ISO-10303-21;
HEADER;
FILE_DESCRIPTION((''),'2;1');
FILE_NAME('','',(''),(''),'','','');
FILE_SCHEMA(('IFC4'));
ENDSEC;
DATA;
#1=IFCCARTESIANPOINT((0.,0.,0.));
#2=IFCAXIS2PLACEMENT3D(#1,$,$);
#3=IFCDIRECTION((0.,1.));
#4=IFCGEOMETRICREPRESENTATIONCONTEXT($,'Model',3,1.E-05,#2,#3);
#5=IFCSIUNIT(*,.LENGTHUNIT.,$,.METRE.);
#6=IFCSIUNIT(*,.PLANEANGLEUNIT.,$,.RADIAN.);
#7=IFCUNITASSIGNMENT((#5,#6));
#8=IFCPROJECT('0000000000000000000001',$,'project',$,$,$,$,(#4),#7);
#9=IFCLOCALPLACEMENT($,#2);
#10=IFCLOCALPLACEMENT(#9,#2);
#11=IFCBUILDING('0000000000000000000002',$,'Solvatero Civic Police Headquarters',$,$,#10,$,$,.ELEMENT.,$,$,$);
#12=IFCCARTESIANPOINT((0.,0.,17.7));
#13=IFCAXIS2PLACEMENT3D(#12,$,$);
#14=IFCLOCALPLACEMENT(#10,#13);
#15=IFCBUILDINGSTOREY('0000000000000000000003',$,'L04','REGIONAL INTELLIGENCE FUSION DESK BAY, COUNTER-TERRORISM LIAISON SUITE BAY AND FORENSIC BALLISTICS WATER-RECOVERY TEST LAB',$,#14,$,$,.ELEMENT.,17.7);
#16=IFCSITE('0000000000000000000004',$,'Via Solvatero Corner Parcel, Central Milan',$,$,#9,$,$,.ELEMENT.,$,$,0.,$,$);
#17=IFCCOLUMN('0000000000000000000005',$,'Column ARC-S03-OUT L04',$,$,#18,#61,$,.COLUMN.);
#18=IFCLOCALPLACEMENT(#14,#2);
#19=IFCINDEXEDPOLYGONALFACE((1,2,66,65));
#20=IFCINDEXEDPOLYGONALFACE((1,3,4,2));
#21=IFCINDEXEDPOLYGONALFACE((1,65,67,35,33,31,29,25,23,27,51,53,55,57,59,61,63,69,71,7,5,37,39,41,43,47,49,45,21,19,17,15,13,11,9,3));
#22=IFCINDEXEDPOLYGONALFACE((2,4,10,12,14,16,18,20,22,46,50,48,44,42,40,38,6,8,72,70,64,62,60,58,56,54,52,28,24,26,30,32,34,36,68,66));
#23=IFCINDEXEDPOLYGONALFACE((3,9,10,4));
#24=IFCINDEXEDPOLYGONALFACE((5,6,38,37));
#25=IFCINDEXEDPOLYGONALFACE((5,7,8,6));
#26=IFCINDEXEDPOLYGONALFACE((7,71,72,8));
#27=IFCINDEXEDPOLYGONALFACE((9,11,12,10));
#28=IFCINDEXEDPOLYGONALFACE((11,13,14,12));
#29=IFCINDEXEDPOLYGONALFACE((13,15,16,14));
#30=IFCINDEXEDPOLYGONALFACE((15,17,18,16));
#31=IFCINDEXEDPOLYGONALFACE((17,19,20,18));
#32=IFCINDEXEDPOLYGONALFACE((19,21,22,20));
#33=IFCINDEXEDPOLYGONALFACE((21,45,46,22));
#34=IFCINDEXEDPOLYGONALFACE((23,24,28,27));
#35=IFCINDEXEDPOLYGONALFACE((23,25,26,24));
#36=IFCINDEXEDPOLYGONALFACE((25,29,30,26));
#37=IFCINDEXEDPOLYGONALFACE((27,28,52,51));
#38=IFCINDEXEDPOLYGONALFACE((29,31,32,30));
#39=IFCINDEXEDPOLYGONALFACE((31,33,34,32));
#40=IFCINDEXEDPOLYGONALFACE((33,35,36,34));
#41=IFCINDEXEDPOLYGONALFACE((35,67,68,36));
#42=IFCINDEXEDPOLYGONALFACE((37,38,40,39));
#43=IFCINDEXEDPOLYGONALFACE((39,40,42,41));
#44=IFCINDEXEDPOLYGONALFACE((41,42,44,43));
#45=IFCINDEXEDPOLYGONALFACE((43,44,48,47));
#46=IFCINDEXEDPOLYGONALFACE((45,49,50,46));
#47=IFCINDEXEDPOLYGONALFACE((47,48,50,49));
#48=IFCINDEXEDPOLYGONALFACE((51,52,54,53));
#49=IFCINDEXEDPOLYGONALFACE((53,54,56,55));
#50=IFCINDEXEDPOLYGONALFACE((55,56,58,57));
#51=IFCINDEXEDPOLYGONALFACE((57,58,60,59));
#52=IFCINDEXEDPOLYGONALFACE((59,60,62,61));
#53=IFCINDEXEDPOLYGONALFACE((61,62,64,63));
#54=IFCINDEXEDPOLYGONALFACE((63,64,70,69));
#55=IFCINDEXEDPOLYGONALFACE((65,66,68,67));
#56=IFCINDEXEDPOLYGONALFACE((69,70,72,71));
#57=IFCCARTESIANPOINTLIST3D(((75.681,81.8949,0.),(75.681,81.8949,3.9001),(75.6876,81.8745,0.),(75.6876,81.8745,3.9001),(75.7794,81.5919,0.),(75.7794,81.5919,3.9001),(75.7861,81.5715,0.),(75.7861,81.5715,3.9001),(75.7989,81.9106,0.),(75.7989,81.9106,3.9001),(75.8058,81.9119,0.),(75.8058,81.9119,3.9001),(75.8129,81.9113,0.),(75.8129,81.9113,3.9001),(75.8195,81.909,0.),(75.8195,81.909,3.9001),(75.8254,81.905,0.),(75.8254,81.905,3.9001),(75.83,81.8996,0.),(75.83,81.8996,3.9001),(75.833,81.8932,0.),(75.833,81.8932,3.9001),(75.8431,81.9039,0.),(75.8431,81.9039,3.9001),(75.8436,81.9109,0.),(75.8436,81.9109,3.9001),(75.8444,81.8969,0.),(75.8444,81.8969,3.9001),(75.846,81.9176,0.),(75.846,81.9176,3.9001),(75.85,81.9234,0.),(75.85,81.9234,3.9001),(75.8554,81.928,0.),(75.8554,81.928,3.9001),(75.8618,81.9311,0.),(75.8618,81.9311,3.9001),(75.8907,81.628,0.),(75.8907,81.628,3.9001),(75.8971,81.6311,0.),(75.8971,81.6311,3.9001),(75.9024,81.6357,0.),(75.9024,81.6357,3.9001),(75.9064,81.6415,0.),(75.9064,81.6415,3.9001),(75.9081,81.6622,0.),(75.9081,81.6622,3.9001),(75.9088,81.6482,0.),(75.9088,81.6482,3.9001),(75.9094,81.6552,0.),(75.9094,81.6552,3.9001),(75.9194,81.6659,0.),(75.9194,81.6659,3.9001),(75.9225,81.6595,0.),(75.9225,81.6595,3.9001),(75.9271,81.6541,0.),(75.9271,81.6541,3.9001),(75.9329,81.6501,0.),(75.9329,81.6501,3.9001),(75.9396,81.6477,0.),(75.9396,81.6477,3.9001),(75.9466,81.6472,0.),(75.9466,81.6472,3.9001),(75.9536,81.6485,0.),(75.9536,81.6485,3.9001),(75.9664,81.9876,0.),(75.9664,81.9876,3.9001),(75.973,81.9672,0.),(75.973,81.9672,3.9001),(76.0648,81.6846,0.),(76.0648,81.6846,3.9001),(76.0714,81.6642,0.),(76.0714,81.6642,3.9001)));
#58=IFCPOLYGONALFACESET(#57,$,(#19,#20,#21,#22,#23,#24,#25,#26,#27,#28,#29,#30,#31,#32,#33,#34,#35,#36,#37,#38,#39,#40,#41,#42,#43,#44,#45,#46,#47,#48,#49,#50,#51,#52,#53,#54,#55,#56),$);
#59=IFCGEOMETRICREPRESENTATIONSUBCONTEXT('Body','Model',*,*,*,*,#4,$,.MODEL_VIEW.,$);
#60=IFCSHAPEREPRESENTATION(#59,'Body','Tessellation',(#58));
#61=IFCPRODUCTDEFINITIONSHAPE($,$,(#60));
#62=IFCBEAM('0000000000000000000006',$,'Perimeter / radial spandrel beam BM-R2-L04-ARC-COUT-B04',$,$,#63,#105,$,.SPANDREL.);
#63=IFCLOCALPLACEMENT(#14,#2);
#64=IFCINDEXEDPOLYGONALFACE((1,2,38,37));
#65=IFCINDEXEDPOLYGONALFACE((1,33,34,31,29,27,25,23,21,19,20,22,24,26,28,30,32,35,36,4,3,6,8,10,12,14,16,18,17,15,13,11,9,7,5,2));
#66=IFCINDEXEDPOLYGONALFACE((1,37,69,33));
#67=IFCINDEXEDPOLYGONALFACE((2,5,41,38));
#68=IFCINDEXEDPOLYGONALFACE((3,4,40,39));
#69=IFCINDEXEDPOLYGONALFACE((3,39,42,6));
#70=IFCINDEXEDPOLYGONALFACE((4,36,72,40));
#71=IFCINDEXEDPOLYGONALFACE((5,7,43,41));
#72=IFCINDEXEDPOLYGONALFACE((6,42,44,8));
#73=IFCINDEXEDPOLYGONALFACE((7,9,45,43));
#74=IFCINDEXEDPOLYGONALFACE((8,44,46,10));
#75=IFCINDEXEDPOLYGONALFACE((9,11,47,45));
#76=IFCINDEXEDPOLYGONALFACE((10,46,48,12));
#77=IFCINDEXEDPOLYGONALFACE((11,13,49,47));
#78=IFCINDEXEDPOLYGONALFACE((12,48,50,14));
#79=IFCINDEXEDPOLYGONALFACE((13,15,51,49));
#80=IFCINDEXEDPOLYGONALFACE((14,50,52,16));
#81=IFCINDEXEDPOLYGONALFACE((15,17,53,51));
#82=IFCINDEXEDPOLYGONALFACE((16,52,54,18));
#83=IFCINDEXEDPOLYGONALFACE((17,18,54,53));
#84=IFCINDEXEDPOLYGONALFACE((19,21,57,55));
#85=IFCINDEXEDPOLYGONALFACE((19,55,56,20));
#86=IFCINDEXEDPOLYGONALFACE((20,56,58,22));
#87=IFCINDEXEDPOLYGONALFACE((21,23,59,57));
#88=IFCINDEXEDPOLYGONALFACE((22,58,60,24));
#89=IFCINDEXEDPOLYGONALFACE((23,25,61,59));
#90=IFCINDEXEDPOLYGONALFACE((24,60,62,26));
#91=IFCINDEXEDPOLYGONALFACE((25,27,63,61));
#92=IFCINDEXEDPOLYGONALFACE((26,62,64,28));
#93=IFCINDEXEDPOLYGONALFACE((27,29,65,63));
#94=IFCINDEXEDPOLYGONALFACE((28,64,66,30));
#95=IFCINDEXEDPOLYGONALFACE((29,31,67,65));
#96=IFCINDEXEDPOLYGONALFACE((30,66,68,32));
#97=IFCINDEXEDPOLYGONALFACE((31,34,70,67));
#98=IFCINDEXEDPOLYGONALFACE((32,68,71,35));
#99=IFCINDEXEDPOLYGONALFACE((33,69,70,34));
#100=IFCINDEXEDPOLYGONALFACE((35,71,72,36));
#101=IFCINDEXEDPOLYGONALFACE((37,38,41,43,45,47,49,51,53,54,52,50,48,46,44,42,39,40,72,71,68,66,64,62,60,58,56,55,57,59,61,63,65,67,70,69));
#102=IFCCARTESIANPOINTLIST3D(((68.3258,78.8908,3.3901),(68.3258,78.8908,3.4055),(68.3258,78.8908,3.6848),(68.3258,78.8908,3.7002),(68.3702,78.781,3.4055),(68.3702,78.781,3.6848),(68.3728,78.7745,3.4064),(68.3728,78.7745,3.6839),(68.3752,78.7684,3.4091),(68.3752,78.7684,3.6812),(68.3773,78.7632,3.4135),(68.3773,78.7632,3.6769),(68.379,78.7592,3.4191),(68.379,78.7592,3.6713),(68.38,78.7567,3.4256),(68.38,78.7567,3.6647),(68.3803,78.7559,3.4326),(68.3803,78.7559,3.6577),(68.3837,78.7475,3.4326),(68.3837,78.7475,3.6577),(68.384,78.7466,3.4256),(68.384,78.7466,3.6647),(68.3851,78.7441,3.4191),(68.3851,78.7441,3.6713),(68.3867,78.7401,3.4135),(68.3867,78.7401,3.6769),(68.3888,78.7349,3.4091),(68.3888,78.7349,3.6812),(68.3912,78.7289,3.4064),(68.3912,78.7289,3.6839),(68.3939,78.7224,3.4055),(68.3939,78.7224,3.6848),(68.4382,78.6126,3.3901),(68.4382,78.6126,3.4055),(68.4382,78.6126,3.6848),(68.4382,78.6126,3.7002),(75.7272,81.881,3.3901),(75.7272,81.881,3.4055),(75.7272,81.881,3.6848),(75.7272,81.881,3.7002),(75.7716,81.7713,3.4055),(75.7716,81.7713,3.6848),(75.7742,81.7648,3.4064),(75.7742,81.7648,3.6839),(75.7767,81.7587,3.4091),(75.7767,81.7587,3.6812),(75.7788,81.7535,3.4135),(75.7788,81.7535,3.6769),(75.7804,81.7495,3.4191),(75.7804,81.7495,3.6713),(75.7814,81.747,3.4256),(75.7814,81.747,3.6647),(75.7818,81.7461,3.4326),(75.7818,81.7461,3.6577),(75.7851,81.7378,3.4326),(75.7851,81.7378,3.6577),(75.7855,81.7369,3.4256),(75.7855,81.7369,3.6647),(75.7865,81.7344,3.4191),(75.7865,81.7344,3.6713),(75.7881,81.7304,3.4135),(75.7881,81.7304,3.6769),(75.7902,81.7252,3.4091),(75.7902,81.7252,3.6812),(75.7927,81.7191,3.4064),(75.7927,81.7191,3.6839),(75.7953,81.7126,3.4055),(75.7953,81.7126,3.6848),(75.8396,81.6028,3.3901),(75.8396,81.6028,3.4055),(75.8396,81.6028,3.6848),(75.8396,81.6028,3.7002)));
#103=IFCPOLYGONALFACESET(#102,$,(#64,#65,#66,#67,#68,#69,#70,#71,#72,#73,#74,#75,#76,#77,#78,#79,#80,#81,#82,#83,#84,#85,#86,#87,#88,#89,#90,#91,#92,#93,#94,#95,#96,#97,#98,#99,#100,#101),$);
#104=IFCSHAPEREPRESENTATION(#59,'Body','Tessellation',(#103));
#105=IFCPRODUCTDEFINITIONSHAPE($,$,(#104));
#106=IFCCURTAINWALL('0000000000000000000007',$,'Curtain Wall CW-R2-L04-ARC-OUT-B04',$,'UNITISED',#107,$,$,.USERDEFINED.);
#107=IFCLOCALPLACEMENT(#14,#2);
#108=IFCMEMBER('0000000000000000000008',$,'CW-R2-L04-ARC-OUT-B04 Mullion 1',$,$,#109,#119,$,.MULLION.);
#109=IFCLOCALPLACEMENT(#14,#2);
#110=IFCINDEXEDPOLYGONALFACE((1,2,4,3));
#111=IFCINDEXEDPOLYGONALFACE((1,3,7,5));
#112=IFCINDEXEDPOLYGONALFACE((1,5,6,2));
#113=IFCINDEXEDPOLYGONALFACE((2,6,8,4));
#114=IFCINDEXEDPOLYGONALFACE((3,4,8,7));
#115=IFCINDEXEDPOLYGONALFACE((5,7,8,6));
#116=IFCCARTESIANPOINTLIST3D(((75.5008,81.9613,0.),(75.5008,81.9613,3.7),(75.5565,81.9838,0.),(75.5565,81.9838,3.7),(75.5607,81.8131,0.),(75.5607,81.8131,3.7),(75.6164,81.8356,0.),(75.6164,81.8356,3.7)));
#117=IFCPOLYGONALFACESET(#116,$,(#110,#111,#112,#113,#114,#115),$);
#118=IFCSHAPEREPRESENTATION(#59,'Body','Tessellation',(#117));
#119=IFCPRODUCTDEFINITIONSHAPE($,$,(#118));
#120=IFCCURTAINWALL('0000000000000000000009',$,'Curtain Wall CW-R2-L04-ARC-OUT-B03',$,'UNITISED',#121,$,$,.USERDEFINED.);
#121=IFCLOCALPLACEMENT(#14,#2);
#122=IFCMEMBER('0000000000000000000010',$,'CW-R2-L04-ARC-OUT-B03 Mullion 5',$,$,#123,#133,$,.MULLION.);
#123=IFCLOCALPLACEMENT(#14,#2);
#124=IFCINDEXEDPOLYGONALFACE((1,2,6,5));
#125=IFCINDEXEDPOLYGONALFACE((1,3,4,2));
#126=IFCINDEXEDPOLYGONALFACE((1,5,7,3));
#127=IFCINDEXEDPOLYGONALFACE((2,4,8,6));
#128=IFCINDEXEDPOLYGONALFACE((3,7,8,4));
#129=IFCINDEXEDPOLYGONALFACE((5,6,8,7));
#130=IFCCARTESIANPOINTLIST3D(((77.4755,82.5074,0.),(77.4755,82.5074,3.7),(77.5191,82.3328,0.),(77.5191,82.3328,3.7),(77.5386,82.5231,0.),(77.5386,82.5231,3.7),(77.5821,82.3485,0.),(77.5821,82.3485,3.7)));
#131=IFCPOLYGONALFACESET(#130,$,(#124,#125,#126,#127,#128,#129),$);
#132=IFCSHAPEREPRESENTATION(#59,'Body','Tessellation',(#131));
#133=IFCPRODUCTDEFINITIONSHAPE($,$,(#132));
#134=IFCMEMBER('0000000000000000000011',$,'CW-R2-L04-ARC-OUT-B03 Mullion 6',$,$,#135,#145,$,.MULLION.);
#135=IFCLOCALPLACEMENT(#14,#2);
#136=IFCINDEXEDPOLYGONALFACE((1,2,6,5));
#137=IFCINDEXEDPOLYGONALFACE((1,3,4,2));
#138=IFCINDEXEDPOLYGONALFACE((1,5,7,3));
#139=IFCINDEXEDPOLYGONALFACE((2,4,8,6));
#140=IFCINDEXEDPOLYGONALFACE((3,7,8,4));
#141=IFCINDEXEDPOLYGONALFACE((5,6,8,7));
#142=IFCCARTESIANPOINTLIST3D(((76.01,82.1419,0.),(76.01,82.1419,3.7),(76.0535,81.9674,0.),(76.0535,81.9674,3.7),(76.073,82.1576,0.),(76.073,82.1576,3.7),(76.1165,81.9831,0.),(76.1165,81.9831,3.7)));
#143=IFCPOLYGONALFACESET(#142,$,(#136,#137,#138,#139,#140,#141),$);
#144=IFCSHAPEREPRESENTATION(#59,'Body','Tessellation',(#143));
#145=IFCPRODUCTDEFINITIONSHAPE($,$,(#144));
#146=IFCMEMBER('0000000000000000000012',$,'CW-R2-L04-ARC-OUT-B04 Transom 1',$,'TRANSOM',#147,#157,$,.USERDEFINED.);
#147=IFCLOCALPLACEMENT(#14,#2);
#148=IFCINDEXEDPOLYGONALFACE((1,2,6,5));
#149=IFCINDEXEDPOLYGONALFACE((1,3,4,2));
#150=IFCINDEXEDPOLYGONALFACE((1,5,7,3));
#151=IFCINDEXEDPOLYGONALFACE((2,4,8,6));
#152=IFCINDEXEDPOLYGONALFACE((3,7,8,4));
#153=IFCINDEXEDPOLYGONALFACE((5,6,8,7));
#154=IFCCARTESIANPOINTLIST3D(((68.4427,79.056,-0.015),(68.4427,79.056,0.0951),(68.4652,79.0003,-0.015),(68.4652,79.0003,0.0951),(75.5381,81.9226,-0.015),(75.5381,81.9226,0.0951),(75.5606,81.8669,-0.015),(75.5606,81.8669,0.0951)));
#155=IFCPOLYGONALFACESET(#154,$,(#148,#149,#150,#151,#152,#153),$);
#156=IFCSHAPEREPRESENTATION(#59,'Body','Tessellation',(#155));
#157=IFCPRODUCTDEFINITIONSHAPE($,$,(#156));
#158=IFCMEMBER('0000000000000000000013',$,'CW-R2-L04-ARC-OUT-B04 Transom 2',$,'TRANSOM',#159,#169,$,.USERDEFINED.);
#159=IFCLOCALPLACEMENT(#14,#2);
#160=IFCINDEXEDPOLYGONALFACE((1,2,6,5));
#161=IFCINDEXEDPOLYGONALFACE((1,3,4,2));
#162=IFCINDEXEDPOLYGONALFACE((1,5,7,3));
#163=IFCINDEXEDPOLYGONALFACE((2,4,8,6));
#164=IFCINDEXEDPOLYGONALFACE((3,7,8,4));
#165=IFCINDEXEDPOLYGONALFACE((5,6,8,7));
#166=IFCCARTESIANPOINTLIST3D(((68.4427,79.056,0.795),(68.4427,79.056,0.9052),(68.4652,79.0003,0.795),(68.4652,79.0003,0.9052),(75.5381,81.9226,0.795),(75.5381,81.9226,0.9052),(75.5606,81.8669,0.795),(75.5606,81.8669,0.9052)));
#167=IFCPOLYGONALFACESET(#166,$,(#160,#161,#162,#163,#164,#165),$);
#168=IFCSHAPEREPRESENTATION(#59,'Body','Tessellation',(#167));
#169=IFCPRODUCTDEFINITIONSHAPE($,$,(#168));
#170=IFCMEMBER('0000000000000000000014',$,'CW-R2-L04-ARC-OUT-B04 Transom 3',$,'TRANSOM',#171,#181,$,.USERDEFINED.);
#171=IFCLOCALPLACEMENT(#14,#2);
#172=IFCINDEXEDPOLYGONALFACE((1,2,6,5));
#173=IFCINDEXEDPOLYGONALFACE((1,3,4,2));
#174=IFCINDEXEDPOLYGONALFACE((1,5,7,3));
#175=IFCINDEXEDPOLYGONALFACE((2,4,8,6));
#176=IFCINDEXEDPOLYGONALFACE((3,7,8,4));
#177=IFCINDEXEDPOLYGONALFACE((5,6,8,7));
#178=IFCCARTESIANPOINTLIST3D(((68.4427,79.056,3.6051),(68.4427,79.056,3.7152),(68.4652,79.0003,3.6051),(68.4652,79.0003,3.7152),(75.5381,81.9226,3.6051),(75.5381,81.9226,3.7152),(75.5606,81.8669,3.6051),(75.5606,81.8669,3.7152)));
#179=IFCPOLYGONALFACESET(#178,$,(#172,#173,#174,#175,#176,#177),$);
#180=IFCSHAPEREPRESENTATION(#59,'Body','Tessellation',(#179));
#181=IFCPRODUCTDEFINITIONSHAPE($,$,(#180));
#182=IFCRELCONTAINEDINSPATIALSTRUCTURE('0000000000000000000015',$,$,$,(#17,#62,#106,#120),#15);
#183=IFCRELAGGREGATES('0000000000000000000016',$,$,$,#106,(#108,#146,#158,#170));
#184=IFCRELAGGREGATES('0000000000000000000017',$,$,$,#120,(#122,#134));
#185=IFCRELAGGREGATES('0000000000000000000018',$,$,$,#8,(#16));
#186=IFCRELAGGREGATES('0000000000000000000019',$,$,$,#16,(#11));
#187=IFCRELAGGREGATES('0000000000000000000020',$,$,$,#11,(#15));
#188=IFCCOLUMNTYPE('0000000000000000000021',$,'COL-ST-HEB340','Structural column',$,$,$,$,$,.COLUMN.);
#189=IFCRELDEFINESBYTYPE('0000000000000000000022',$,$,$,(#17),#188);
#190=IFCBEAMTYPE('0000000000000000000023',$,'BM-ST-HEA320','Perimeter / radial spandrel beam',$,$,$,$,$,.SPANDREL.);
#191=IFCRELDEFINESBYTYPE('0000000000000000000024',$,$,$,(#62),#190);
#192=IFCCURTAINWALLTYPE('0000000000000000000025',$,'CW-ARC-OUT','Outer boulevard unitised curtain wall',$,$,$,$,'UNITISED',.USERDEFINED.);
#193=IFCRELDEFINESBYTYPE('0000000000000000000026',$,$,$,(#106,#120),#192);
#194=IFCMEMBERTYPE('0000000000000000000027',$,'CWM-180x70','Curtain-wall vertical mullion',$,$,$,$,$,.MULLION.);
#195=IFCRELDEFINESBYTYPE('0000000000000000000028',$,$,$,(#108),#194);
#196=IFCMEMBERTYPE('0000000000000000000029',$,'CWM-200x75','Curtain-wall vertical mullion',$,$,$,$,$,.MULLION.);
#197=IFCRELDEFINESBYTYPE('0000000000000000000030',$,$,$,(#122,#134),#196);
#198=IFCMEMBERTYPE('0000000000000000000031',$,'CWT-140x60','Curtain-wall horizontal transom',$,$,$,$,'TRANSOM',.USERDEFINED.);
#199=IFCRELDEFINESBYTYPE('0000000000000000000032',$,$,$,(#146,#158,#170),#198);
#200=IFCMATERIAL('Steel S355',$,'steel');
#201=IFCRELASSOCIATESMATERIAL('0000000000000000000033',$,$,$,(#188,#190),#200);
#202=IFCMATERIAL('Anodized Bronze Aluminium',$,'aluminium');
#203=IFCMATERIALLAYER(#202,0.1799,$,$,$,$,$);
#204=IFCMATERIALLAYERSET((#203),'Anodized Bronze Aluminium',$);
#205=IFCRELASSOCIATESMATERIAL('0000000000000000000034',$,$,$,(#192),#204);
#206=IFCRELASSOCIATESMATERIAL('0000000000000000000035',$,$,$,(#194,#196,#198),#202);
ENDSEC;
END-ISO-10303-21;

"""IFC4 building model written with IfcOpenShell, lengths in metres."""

from ifc_helpers import new_model, si_unit, direction, frame, origin, origin_2d, place, context, subcontext, project, spatial, rectangle, i_section, extrude, material, layer, layer_set, material_profile, profile_set, type_object, element, aggregate, save


model = new_model("IFC4")

# Units and contexts
model_context = context("Model", 3, precision=1e-05, world=origin(), true_north=direction((0.0, 1.0)))
body_context = subcontext(model_context, "Body", "Model", "MODEL_VIEW")
ifc_project = project(units=[si_unit("LENGTHUNIT", "METRE"), si_unit("PLANEANGLEUNIT", "RADIAN")], contexts=[model_context])

# Site, building, storey
site_placement = place(None, origin())
site = spatial("IfcSite", under=ifc_project, at=site_placement, Name="Via Solvatero Corner Parcel, Central Milan", CompositionType="ELEMENT", RefElevation=0.0)
building_placement = place(site_placement, origin())
building = spatial("IfcBuilding", under=site, at=building_placement, Name="Solvatero Civic Police Headquarters", CompositionType="ELEMENT")
storey_placement = place(building_placement, frame((0.0, 0.0, 17.7)))
storey = spatial("IfcBuildingStorey", under=building, at=storey_placement, Name="L04", Description="REGIONAL INTELLIGENCE FUSION DESK BAY, COUNTER-TERRORISM LIAISON SUITE BAY AND FORENSIC BALLISTICS WATER-RECOVERY TEST LAB", CompositionType="ELEMENT", Elevation=17.7)

# Column
ifc_material_1 = material(Name="Steel S355", Category="steel")
ifc_material_profile_1 = material_profile(ifc_material_1, i_section(OverallWidth=0.3, OverallDepth=0.3401, WebThickness=0.012, FlangeThickness=0.0215, FilletRadius=0.0271, at=origin_2d()), Name="HEB 340")
ifc_profile_set_1 = profile_set([ifc_material_profile_1], Name="Steel S355")
column_type = type_object("IfcColumnType", Name="COL-ST-HEB340", Description="Structural column", PredefinedType="COLUMN", material=ifc_profile_set_1)
column_placement = place(storey_placement, frame((75.8762, 81.7795, 0.0), z_axis=(0.0, 0.0, 1.0), x_axis=(0.951057, 0.309017, 0.0)))
element("IfcColumn", 1, at=column_placement, inside=storey, type_object=column_type, Name="Column ARC-S03-OUT L04", PredefinedType="COLUMN", context=body_context, shape_type="SweptSolid", body=[
    extrude(i_section(OverallWidth=0.3, OverallDepth=0.3401, WebThickness=0.012, FlangeThickness=0.0215, FilletRadius=0.0271, at=origin_2d()), origin(), (0.0, 0.0, 1.0), 3.9001),
])

# Beam
ifc_material_profile_2 = material_profile(ifc_material_1, i_section(OverallWidth=0.3, OverallDepth=0.3101, WebThickness=0.009, FlangeThickness=0.0154, FilletRadius=0.0271, at=origin_2d()), Name="HEA 320")
ifc_profile_set_2 = profile_set([ifc_material_profile_2], Name="Steel S355")
beam_type = type_object("IfcBeamType", Name="BM-ST-HEA320", Description="Perimeter / radial spandrel beam", PredefinedType="SPANDREL", material=ifc_profile_set_2)
beam_placement = place(storey_placement, frame((75.7834, 81.7419, 3.5452), z_axis=(-0.927189, -0.374595, 0.0), x_axis=(0.374595, -0.927189, 0.0)))
element("IfcBeam", 2, at=beam_placement, inside=storey, type_object=beam_type, Name="Perimeter / radial spandrel beam BM-R2-L04-ARC-COUT-B04", PredefinedType="SPANDREL", context=body_context, shape_type="SweptSolid", body=[
    extrude(i_section(OverallWidth=0.3, OverallDepth=0.3101, WebThickness=0.009, FlangeThickness=0.0154, FilletRadius=0.0271, at=origin_2d()), origin(), (0.0, 0.0, 1.0), 7.9827),
])

# Curtain wall, member
ifc_material_2 = material(Name="Anodized Bronze Aluminium", Category="aluminium")
ifc_layer_1 = layer(ifc_material_2, 0.1799)
ifc_layer_set_1 = layer_set([ifc_layer_1], Name="Anodized Bronze Aluminium")
curtain_wall_type = type_object("IfcCurtainWallType", Name="CW-ARC-OUT", Description="Outer boulevard unitised curtain wall", ElementType="UNITISED", PredefinedType="USERDEFINED", material=ifc_layer_set_1)
curtain_wall_1_placement = place(storey_placement, origin())
curtain_wall_1 = element("IfcCurtainWall", 3, at=curtain_wall_1_placement, inside=storey, type_object=curtain_wall_type, Name="Curtain Wall CW-R2-L04-ARC-OUT-B04", ObjectType="UNITISED", PredefinedType="USERDEFINED")
ifc_material_profile_3 = material_profile(ifc_material_2, rectangle(XDim=0.0601, YDim=0.1599, at=origin_2d()), Name="ALU MULLION 60x160")
ifc_profile_set_3 = profile_set([ifc_material_profile_3], Name="Anodized Bronze Aluminium")
member_type_1 = type_object("IfcMemberType", Name="CWM-180x70", Description="Curtain-wall vertical mullion", PredefinedType="MULLION", material=ifc_profile_set_3)
member_1_placement = place(storey_placement, frame((75.5586, 81.8984, 0.0), z_axis=(0.0, 0.0, 1.0), x_axis=(-0.92719, -0.37459, 0.0)))
member_1 = element("IfcMember", 4, at=member_1_placement, type_object=member_type_1, Name="CW-R2-L04-ARC-OUT-B04 Mullion 1", PredefinedType="MULLION", context=body_context, shape_type="SweptSolid", body=[
    extrude(rectangle(XDim=0.0601, YDim=0.1599, at=origin_2d()), origin(), (0.0, 0.0, 1.0), 3.7),
])

# Curtain wall, members
curtain_wall_2_placement = place(storey_placement, origin())
curtain_wall_2 = element("IfcCurtainWall", 5, at=curtain_wall_2_placement, inside=storey, type_object=curtain_wall_type, Name="Curtain Wall CW-R2-L04-ARC-OUT-B03", ObjectType="UNITISED", PredefinedType="USERDEFINED")
ifc_material_profile_4 = material_profile(ifc_material_2, rectangle(XDim=0.0649, YDim=0.1799, at=origin_2d()), Name="ALU MULLION 65x180")
ifc_profile_set_4 = profile_set([ifc_material_profile_4], Name="Anodized Bronze Aluminium")
member_type_2 = type_object("IfcMemberType", Name="CWM-200x75", Description="Curtain-wall vertical mullion", PredefinedType="MULLION", material=ifc_profile_set_4)
member_2_placement = place(storey_placement, frame((77.5288, 82.428, 0.0), z_axis=(0.0, 0.0, 1.0), x_axis=(-0.970296, -0.241922, 0.0)))
member_2 = element("IfcMember", 6, at=member_2_placement, type_object=member_type_2, Name="CW-R2-L04-ARC-OUT-B03 Mullion 5", PredefinedType="MULLION", context=body_context, shape_type="SweptSolid", body=[
    extrude(rectangle(XDim=0.0649, YDim=0.1799, at=origin_2d()), origin(), (0.0, 0.0, 1.0), 3.7),
])
member_3_placement = place(storey_placement, frame((76.0632, 82.0625, 0.0), z_axis=(0.0, 0.0, 1.0), x_axis=(-0.970296, -0.241922, 0.0)))
member_3 = element("IfcMember", 7, at=member_3_placement, type_object=member_type_2, Name="CW-R2-L04-ARC-OUT-B03 Mullion 6", PredefinedType="MULLION", context=body_context, shape_type="SweptSolid", body=[
    extrude(rectangle(XDim=0.0649, YDim=0.1799, at=origin_2d()), origin(), (0.0, 0.0, 1.0), 3.7),
])

# Members
ifc_material_profile_5 = material_profile(ifc_material_2, rectangle(XDim=0.0601, YDim=0.1101, at=origin_2d()), Name="ALU TRANSOM 60x110")
ifc_profile_set_5 = profile_set([ifc_material_profile_5], Name="Anodized Bronze Aluminium")
member_type_3 = type_object("IfcMemberType", Name="CWT-140x60", Description="Curtain-wall horizontal transom", ElementType="TRANSOM", PredefinedType="USERDEFINED", material=ifc_profile_set_5)
member_4_placement = place(storey_placement, frame((75.5493, 81.8948, 0.04), z_axis=(-0.927186, -0.374601, 0.0), x_axis=(0.374601, -0.927186, 0.0)))
member_4 = element("IfcMember", 8, at=member_4_placement, type_object=member_type_3, Name="CW-R2-L04-ARC-OUT-B04 Transom 1", ObjectType="TRANSOM", PredefinedType="USERDEFINED", context=body_context, shape_type="SweptSolid", body=[
    extrude(rectangle(XDim=0.0601, YDim=0.1101, at=origin_2d()), origin(), (0.0, 0.0, 1.0), 7.6526),
])
member_5_placement = place(storey_placement, frame((75.5493, 81.8948, 0.8501), z_axis=(-0.927186, -0.374601, 0.0), x_axis=(0.374601, -0.927186, 0.0)))
member_5 = element("IfcMember", 9, at=member_5_placement, type_object=member_type_3, Name="CW-R2-L04-ARC-OUT-B04 Transom 2", ObjectType="TRANSOM", PredefinedType="USERDEFINED", context=body_context, shape_type="SweptSolid", body=[
    extrude(rectangle(XDim=0.0601, YDim=0.1101, at=origin_2d()), origin(), (0.0, 0.0, 1.0), 7.6526),
])
member_6_placement = place(storey_placement, frame((75.5493, 81.8948, 3.6602), z_axis=(-0.927186, -0.374601, 0.0), x_axis=(0.374601, -0.927186, 0.0)))
member_6 = element("IfcMember", 10, at=member_6_placement, type_object=member_type_3, Name="CW-R2-L04-ARC-OUT-B04 Transom 3", ObjectType="TRANSOM", PredefinedType="USERDEFINED", context=body_context, shape_type="SweptSolid", body=[
    extrude(rectangle(XDim=0.0601, YDim=0.1101, at=origin_2d()), origin(), (0.0, 0.0, 1.0), 7.6526),
])

aggregate(curtain_wall_1, [member_1, member_4, member_5, member_6])
aggregate(curtain_wall_2, [member_2, member_3])

save(model, "model.ifc")
